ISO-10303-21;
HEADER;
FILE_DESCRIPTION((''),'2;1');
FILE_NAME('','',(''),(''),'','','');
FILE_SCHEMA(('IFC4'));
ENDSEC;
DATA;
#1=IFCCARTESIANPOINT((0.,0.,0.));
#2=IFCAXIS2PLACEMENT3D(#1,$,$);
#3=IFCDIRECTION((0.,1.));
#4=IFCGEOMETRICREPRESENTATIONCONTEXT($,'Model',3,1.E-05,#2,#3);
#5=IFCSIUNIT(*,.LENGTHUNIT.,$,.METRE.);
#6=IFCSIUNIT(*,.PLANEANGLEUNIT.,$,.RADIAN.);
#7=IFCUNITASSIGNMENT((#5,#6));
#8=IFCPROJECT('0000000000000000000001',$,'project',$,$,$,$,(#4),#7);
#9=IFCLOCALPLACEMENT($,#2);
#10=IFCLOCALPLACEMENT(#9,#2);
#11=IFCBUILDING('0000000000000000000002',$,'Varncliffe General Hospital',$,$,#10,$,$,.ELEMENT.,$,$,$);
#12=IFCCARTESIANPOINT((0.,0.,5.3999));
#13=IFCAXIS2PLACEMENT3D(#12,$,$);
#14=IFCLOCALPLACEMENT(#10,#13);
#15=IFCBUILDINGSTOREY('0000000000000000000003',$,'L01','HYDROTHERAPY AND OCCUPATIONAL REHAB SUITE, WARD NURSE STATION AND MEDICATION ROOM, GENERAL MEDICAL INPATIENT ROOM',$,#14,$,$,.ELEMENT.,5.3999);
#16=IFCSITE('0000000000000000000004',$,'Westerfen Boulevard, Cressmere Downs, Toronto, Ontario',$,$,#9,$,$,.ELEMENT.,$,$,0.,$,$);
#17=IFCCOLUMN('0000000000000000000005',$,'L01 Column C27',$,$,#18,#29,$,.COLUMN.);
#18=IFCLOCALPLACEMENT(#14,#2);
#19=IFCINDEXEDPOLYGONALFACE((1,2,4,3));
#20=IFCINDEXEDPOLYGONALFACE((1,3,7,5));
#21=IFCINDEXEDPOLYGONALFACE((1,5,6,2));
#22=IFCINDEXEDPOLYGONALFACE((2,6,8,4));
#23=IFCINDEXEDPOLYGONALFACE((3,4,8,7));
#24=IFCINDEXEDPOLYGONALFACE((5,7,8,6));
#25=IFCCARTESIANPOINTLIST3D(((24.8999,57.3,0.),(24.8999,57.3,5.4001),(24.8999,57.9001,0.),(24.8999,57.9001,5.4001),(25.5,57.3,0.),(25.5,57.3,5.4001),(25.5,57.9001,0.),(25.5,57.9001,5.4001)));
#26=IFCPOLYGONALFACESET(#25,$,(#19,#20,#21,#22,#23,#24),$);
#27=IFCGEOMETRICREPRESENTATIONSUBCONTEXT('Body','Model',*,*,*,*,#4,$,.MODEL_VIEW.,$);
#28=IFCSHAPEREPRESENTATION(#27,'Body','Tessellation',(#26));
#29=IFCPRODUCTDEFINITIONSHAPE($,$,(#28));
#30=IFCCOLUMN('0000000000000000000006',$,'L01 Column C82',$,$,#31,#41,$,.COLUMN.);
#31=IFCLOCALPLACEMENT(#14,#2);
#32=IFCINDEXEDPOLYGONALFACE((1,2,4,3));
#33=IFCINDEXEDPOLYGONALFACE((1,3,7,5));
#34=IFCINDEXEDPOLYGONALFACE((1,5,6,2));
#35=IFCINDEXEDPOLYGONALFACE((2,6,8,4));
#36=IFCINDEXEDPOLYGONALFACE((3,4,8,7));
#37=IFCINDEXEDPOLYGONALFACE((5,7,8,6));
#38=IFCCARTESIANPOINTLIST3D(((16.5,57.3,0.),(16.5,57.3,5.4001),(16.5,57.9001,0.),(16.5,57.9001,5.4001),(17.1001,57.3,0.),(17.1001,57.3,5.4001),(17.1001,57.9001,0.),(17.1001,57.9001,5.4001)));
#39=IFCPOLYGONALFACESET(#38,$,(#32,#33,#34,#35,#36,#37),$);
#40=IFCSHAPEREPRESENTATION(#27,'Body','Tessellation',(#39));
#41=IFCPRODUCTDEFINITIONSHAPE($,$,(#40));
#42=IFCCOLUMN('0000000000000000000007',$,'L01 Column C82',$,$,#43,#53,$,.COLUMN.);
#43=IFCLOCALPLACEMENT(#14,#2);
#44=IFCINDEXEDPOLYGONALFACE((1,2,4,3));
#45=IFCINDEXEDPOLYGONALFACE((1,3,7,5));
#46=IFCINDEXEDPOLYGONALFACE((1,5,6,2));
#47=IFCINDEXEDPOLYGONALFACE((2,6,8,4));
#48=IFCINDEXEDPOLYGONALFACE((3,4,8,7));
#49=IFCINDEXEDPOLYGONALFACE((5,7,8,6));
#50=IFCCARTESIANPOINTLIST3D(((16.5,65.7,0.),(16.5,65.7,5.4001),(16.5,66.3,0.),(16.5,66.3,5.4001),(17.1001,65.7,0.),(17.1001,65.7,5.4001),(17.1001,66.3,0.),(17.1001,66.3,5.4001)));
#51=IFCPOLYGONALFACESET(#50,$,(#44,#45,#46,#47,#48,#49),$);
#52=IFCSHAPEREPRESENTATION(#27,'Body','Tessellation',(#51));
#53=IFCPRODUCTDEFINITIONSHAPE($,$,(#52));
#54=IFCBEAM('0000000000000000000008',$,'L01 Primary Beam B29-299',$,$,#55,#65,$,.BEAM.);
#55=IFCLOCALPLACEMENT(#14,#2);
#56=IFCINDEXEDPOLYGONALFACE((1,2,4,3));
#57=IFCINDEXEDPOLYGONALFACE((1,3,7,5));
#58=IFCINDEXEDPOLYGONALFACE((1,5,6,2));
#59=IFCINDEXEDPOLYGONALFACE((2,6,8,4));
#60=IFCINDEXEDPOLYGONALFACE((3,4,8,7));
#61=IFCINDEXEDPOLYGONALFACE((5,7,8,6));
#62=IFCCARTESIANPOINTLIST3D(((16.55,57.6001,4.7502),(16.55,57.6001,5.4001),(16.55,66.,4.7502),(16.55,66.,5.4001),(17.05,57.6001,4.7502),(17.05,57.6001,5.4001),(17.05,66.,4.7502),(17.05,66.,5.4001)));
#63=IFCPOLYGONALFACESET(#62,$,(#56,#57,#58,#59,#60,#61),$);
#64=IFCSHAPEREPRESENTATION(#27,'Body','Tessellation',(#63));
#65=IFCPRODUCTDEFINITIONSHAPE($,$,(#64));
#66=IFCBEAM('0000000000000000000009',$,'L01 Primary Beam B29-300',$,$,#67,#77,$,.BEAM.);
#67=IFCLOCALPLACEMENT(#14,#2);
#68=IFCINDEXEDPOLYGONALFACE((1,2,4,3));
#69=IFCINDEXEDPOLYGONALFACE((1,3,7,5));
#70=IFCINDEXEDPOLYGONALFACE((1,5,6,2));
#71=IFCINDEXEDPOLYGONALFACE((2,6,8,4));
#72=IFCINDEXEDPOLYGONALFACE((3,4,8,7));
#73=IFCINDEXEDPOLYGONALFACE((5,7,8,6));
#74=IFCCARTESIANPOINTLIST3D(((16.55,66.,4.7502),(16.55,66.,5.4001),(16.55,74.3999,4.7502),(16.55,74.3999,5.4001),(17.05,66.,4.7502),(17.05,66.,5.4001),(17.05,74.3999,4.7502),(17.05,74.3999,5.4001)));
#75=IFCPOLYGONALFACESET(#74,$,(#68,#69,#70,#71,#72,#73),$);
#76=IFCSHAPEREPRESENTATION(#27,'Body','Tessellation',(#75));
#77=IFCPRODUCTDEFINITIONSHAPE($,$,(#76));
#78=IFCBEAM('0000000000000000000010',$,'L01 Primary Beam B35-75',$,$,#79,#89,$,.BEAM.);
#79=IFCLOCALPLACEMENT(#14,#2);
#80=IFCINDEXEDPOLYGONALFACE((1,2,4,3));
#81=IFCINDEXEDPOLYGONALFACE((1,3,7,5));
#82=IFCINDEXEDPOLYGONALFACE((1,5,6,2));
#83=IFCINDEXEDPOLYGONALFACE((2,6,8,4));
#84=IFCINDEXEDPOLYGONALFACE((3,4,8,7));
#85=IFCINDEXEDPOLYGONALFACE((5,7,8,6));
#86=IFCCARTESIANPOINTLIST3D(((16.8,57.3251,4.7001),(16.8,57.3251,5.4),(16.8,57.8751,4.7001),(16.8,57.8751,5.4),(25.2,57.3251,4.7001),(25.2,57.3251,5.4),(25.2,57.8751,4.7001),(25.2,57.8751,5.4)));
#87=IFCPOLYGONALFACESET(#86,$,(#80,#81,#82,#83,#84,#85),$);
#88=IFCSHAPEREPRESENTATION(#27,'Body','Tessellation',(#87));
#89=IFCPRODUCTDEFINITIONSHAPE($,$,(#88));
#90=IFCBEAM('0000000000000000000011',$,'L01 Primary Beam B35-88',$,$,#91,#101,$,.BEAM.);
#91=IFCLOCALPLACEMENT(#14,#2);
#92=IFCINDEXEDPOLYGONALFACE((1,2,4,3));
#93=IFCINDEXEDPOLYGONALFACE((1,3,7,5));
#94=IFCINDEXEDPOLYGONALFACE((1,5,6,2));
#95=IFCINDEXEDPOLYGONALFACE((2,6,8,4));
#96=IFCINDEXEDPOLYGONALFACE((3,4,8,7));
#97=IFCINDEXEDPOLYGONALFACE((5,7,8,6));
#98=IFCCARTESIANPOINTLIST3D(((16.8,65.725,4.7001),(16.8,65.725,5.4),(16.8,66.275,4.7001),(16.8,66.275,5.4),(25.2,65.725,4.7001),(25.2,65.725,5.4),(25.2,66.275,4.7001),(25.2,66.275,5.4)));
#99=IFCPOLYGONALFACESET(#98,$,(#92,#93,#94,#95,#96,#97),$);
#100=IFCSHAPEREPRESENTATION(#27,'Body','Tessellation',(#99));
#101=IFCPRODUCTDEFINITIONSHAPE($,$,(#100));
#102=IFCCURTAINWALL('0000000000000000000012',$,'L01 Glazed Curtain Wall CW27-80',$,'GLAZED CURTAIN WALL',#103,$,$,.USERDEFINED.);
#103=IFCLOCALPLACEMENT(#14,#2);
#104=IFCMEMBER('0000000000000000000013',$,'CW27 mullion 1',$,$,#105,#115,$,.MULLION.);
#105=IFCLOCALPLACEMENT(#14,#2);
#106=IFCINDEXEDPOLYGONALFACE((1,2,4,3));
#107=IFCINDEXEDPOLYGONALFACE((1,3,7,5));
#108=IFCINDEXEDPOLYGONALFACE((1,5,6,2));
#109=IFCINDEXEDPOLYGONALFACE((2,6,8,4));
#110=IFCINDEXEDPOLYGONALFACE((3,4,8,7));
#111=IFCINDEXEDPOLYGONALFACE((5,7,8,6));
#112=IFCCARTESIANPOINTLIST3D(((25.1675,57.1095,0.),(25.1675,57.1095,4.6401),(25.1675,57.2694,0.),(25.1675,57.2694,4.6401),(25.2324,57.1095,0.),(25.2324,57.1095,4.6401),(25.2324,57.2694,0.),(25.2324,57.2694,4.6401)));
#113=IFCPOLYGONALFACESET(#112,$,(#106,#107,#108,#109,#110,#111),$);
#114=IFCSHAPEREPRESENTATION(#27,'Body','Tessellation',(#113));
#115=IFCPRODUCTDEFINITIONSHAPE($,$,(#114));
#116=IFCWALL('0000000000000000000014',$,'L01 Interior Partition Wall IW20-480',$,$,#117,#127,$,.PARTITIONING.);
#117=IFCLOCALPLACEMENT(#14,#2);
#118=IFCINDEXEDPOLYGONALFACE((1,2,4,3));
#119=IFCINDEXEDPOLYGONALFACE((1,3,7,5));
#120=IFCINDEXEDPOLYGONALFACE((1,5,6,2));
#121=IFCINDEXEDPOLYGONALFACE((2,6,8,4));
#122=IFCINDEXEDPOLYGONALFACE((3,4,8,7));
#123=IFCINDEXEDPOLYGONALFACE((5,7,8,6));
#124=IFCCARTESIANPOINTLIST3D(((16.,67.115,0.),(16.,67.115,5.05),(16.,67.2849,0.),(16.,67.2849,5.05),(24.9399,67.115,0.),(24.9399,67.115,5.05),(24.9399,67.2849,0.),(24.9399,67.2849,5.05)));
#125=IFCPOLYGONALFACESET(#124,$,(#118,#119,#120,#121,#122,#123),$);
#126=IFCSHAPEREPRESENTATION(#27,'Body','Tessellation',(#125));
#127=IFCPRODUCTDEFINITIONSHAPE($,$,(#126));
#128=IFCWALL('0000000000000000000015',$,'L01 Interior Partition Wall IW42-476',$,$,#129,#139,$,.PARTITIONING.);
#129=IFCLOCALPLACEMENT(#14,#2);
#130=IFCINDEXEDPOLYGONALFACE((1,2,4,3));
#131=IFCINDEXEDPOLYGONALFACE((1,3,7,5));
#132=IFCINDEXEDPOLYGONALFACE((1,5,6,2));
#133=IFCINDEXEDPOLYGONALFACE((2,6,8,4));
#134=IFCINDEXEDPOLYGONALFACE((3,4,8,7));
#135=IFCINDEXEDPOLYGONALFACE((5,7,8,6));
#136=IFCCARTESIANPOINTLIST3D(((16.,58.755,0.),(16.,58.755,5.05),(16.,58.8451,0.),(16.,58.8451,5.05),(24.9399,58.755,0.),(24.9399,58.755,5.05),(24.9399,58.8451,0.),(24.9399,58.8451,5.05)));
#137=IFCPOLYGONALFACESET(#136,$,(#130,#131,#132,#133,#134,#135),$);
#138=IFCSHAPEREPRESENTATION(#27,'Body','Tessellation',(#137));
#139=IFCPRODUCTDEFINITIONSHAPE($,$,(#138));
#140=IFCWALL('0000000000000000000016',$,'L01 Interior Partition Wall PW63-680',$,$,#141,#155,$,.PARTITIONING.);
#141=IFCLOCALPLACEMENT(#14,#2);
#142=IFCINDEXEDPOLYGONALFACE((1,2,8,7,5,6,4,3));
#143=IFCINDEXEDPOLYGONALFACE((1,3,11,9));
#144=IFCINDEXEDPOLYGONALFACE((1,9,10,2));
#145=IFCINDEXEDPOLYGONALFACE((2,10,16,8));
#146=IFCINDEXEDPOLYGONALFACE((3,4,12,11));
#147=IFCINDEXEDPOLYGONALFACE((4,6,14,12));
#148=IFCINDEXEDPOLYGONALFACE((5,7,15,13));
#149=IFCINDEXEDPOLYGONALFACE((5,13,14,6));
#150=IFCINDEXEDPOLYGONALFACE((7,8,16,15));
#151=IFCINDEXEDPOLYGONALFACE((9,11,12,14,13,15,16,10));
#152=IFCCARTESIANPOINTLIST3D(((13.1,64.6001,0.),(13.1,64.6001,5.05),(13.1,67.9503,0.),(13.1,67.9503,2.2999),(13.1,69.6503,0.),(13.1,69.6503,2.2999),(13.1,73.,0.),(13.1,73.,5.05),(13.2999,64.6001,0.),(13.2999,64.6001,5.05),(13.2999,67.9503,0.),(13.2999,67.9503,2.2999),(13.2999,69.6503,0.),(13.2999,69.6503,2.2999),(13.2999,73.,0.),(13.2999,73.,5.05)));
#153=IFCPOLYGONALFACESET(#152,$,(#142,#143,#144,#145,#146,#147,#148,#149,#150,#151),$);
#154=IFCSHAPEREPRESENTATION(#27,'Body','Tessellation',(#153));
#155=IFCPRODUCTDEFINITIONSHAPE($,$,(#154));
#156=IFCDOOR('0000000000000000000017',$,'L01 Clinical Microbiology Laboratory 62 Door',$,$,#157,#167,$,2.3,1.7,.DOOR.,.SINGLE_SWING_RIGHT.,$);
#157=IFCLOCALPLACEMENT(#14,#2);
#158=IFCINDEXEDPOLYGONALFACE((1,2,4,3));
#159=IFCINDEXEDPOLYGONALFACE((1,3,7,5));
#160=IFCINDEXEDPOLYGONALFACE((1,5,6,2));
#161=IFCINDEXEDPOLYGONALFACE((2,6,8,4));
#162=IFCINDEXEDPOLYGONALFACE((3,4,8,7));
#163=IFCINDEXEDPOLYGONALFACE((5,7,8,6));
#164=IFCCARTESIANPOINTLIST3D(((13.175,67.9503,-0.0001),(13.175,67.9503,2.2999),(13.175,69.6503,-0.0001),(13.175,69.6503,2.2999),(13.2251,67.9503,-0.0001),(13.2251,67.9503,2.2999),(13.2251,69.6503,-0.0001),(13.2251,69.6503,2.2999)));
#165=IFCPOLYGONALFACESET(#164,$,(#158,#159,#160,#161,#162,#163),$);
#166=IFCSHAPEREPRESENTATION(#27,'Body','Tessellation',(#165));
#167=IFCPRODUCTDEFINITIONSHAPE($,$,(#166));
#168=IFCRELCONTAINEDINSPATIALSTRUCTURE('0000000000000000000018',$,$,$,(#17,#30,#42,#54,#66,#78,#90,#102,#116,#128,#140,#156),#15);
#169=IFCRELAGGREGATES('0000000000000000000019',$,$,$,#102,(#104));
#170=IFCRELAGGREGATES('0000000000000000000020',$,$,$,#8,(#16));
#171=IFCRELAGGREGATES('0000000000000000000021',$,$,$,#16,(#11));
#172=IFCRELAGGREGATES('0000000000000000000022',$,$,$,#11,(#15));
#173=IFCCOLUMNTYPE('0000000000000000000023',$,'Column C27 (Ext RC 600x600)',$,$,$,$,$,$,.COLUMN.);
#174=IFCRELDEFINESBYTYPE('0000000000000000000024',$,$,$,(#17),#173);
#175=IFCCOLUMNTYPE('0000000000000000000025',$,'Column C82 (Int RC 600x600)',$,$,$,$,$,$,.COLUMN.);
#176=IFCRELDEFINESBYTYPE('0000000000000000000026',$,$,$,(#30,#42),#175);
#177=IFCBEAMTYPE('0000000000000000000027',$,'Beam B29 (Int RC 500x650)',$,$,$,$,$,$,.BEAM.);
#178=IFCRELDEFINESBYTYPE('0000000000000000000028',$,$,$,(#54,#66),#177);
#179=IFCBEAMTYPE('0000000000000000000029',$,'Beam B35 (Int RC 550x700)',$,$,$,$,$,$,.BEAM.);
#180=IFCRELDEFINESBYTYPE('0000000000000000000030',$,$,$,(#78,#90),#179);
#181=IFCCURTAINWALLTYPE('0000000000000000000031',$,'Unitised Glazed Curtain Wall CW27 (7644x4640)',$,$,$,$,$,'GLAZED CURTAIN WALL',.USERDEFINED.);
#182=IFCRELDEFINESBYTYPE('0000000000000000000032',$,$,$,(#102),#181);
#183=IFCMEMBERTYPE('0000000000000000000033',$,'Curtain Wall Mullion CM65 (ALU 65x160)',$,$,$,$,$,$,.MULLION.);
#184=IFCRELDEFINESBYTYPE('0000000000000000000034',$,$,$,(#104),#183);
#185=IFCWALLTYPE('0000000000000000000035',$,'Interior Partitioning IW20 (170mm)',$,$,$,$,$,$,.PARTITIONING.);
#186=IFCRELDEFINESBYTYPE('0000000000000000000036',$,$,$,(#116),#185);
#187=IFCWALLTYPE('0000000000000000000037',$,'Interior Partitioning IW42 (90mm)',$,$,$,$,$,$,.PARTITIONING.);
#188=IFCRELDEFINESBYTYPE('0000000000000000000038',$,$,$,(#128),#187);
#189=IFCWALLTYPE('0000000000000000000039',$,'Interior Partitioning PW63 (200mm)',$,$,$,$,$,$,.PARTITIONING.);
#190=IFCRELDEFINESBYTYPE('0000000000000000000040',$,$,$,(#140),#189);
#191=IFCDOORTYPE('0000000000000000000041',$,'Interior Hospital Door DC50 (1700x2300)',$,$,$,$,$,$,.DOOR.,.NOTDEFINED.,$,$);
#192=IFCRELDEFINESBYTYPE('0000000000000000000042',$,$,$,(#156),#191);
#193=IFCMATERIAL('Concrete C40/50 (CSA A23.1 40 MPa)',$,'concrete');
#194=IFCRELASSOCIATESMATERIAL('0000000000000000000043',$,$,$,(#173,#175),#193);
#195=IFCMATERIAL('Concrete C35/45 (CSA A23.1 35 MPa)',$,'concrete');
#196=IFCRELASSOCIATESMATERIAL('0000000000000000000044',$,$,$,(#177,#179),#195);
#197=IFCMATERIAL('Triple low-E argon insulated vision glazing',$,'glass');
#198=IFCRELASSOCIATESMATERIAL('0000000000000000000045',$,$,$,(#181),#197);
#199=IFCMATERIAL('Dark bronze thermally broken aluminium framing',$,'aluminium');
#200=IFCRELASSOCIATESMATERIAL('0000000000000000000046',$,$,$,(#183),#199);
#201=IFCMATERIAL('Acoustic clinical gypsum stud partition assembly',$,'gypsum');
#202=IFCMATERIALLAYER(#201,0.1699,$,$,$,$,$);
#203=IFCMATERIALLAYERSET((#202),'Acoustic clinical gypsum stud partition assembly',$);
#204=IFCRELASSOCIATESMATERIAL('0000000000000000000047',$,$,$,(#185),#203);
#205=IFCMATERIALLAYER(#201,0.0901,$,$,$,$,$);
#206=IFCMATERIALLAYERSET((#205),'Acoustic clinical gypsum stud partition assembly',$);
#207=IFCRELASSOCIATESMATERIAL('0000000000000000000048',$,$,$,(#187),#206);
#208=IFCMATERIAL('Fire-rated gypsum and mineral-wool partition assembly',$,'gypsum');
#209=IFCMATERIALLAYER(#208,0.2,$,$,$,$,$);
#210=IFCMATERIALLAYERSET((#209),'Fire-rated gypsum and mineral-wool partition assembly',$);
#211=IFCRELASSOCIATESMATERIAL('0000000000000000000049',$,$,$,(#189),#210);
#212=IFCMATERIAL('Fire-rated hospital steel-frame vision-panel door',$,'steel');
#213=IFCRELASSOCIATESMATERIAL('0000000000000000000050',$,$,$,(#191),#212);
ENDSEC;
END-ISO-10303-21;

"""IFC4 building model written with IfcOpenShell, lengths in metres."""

from ifc_helpers import new_model, si_unit, direction, frame, frame_2d, origin, origin_2d, place, context, subcontext, project, spatial, rectangle, extrude, material, layer, layer_set, material_profile, profile_set, type_object, element, fill, aggregate, save


model = new_model("IFC4")

# Units and contexts
model_context = context("Model", 3, precision=1e-05, world=origin(), true_north=direction((0.0, 1.0)))
body_context = subcontext(model_context, "Body", "Model", "MODEL_VIEW")
ifc_project = project(units=[si_unit("LENGTHUNIT", "METRE"), si_unit("PLANEANGLEUNIT", "RADIAN")], contexts=[model_context])

# Site, building, storey
site_placement = place(None, origin())
site = spatial("IfcSite", under=ifc_project, at=site_placement, Name="Westerfen Boulevard, Cressmere Downs, Toronto, Ontario", CompositionType="ELEMENT", RefElevation=0.0)
building_placement = place(site_placement, origin())
building = spatial("IfcBuilding", under=site, at=building_placement, Name="Varncliffe General Hospital", CompositionType="ELEMENT")
storey_placement = place(building_placement, frame((0.0, 0.0, 5.3999)))
storey = spatial("IfcBuildingStorey", under=building, at=storey_placement, Name="L01", Description="HYDROTHERAPY AND OCCUPATIONAL REHAB SUITE, WARD NURSE STATION AND MEDICATION ROOM, GENERAL MEDICAL INPATIENT ROOM", CompositionType="ELEMENT", Elevation=5.3999)

# Columns
ifc_material_1 = material(Name="Concrete C40/50 (CSA A23.1 40 MPa)", Category="concrete")
ifc_material_profile_1 = material_profile(ifc_material_1, rectangle(XDim=0.6001, YDim=0.6001, at=origin_2d()), Name="RC 600x600")
ifc_profile_set_1 = profile_set([ifc_material_profile_1], Name="Concrete C40/50 (CSA A23.1 40 MPa)")
column_type_1 = type_object("IfcColumnType", Name="Column C27 (Ext RC 600x600)", PredefinedType="COLUMN", material=ifc_profile_set_1)
column_placement = place(storey_placement, frame((25.2, 57.6001, 0.0), z_axis=(0.0, 0.0, 1.0), x_axis=(1.0, 0.0, 0.0)))
element("IfcColumn", 1, at=column_placement, inside=storey, type_object=column_type_1, Name="L01 Column C27", PredefinedType="COLUMN", context=body_context, shape_type="SweptSolid", body=[
    extrude(rectangle(XDim=0.6001, YDim=0.6001, at=origin_2d()), origin(), (0.0, 0.0, 1.0), 5.4001),
])
ifc_material_profile_2 = material_profile(ifc_material_1, rectangle(XDim=0.6001, YDim=0.6001, at=origin_2d()), Name="RC 600x600")
ifc_profile_set_2 = profile_set([ifc_material_profile_2], Name="Concrete C40/50 (CSA A23.1 40 MPa)")
column_type_2 = type_object("IfcColumnType", Name="Column C82 (Int RC 600x600)", PredefinedType="COLUMN", material=ifc_profile_set_2)
for number, where, z_axis, x_axis, name in (
    (2, (16.8, 57.6001, 0.0), (0.0, 0.0, 1.0), (1.0, 0.0, 0.0), "L01 Column C82"),
    (3, (16.8, 66.0, 0.0), (0.0, 0.0, 1.0), (1.0, 0.0, 0.0), "L01 Column C82"),
):
    element("IfcColumn", number, at=place(storey_placement, frame(where, z_axis=z_axis, x_axis=x_axis)), inside=storey, type_object=column_type_2, Name=name, PredefinedType="COLUMN", context=body_context, shape_type="SweptSolid", body=[
        extrude(rectangle(XDim=0.6001, YDim=0.6001, at=origin_2d()), origin(), (0.0, 0.0, 1.0), 5.4001),
    ])

# Beams
ifc_material_2 = material(Name="Concrete C35/45 (CSA A23.1 35 MPa)", Category="concrete")
ifc_material_profile_3 = material_profile(ifc_material_2, rectangle(XDim=0.5, YDim=0.6499, at=origin_2d()), Name="RC 500x650")
ifc_profile_set_3 = profile_set([ifc_material_profile_3], Name="Concrete C35/45 (CSA A23.1 35 MPa)")
beam_type_1 = type_object("IfcBeamType", Name="Beam B29 (Int RC 500x650)", PredefinedType="BEAM", material=ifc_profile_set_3)
for number, where, z_axis, x_axis, name in (
    (4, (16.8, 57.6001, 5.0752), (0.0, 1.0, 0.0), (-1.0, 0.0, 0.0), "L01 Primary Beam B29-299"),
    (5, (16.8, 66.0, 5.0752), (0.0, 1.0, 0.0), (-1.0, 0.0, 0.0), "L01 Primary Beam B29-300"),
):
    element("IfcBeam", number, at=place(storey_placement, frame(where, z_axis=z_axis, x_axis=x_axis)), inside=storey, type_object=beam_type_1, Name=name, PredefinedType="BEAM", context=body_context, shape_type="SweptSolid", body=[
        extrude(rectangle(XDim=0.5, YDim=0.6499, at=origin_2d()), origin(), (0.0, 0.0, 1.0), 8.3999),
    ])
ifc_material_profile_4 = material_profile(ifc_material_2, rectangle(XDim=0.55, YDim=0.7, at=origin_2d()), Name="RC 550x700")
ifc_profile_set_4 = profile_set([ifc_material_profile_4], Name="Concrete C35/45 (CSA A23.1 35 MPa)")
beam_type_2 = type_object("IfcBeamType", Name="Beam B35 (Int RC 550x700)", PredefinedType="BEAM", material=ifc_profile_set_4)
for number, where, z_axis, x_axis, name in (
    (6, (16.8, 57.6001, 5.05), (1.0, 0.0, 0.0), (0.0, 1.0, 0.0), "L01 Primary Beam B35-75"),
    (7, (16.8, 66.0, 5.05), (1.0, 0.0, 0.0), (0.0, 1.0, 0.0), "L01 Primary Beam B35-88"),
):
    element("IfcBeam", number, at=place(storey_placement, frame(where, z_axis=z_axis, x_axis=x_axis)), inside=storey, type_object=beam_type_2, Name=name, PredefinedType="BEAM", context=body_context, shape_type="SweptSolid", body=[
        extrude(rectangle(XDim=0.55, YDim=0.7, at=origin_2d()), origin(), (0.0, 0.0, 1.0), 8.3999),
    ])

# Curtain wall, member
ifc_material_3 = material(Name="Triple low-E argon insulated vision glazing", Category="glass")
curtain_wall_type = type_object("IfcCurtainWallType", Name="Unitised Glazed Curtain Wall CW27 (7644x4640)", ElementType="GLAZED CURTAIN WALL", PredefinedType="USERDEFINED", material=ifc_material_3)
curtain_wall_placement = place(storey_placement, origin())
curtain_wall = element("IfcCurtainWall", 8, at=curtain_wall_placement, inside=storey, type_object=curtain_wall_type, Name="L01 Glazed Curtain Wall CW27-80", ObjectType="GLAZED CURTAIN WALL", PredefinedType="USERDEFINED")
ifc_material_4 = material(Name="Dark bronze thermally broken aluminium framing", Category="aluminium")
ifc_material_profile_5 = material_profile(ifc_material_4, rectangle(XDim=0.0649, YDim=0.1599, at=origin_2d()), Name="ALU 65x160")
ifc_profile_set_5 = profile_set([ifc_material_profile_5], Name="Dark bronze thermally broken aluminium framing")
member_type = type_object("IfcMemberType", Name="Curtain Wall Mullion CM65 (ALU 65x160)", PredefinedType="MULLION", material=ifc_profile_set_5)
member_placement = place(storey_placement, frame((25.2, 57.1895, 0.0), z_axis=(0.0, 0.0, 1.0), x_axis=(1.0, 0.0, 0.0)))
member = element("IfcMember", 9, at=member_placement, type_object=member_type, Name="CW27 mullion 1", PredefinedType="MULLION", context=body_context, shape_type="SweptSolid", body=[
    extrude(rectangle(XDim=0.0649, YDim=0.1599, at=origin_2d()), origin(), (0.0, 0.0, 1.0), 4.6401),
])
aggregate(curtain_wall, [member])

# Walls
ifc_material_5 = material(Name="Acoustic clinical gypsum stud partition assembly", Category="gypsum")
ifc_layer_1 = layer(ifc_material_5, 0.1699)
ifc_layer_set_1 = layer_set([ifc_layer_1], Name="Acoustic clinical gypsum stud partition assembly")
wall_type_1 = type_object("IfcWallType", Name="Interior Partitioning IW20 (170mm)", PredefinedType="PARTITIONING", material=ifc_layer_set_1)
wall_1_placement = place(storey_placement, frame((16.0, 67.2, 0.0), z_axis=(0.0, 0.0, 1.0), x_axis=(1.0, 0.0, 0.0)))
element("IfcWall", 10, at=wall_1_placement, inside=storey, type_object=wall_type_1, Name="L01 Interior Partition Wall IW20-480", PredefinedType="PARTITIONING", context=body_context, shape_type="SweptSolid", body=[
    extrude(rectangle(XDim=8.9399, YDim=0.1699, at=frame_2d((4.47, 0.0))), origin(), (0.0, 0.0, 1.0), 5.05),
])
ifc_layer_2 = layer(ifc_material_5, 0.0901)
ifc_layer_set_2 = layer_set([ifc_layer_2], Name="Acoustic clinical gypsum stud partition assembly")
wall_type_2 = type_object("IfcWallType", Name="Interior Partitioning IW42 (90mm)", PredefinedType="PARTITIONING", material=ifc_layer_set_2)
wall_2_placement = place(storey_placement, frame((16.0, 58.8, 0.0), z_axis=(0.0, 0.0, 1.0), x_axis=(1.0, 0.0, 0.0)))
element("IfcWall", 11, at=wall_2_placement, inside=storey, type_object=wall_type_2, Name="L01 Interior Partition Wall IW42-476", PredefinedType="PARTITIONING", context=body_context, shape_type="SweptSolid", body=[
    extrude(rectangle(XDim=8.9399, YDim=0.0901, at=frame_2d((4.47, 0.0))), origin(), (0.0, 0.0, 1.0), 5.05),
])

# Wall, opening, door
ifc_material_6 = material(Name="Fire-rated gypsum and mineral-wool partition assembly", Category="gypsum")
ifc_layer_3 = layer(ifc_material_6, 0.2)
ifc_layer_set_3 = layer_set([ifc_layer_3], Name="Fire-rated gypsum and mineral-wool partition assembly")
wall_type_3 = type_object("IfcWallType", Name="Interior Partitioning PW63 (200mm)", PredefinedType="PARTITIONING", material=ifc_layer_set_3)
wall_3_placement = place(storey_placement, frame((13.2, 64.6001, 0.0), z_axis=(0.0, 0.0, 1.0), x_axis=(0.0, 1.0, 0.0)))
wall_3 = element("IfcWall", 12, at=wall_3_placement, inside=storey, type_object=wall_type_3, Name="L01 Interior Partition Wall PW63-680", PredefinedType="PARTITIONING", context=body_context, shape_type="SweptSolid", body=[
    extrude(rectangle(XDim=8.3999, YDim=0.2, at=frame_2d((4.2, 0.0))), origin(), (0.0, 0.0, 1.0), 5.05),
])
opening_1_placement = place(wall_3_placement, frame((3.3501, 0.0, 0.0)))
opening_1 = element("IfcOpeningElement", 13, at=opening_1_placement, cuts=wall_3, PredefinedType="OPENING", context=body_context, shape_type="SweptSolid", body=[
    extrude(rectangle(XDim=1.7, YDim=2.3, at=frame_2d((0.8501, 1.1499))), frame((0.0, 0.1099, 0.0), z_axis=(0.0, -1.0, 0.0), x_axis=(1.0, 0.0, 0.0)), (0.0, 0.0, 1.0), 0.22),
])
ifc_material_7 = material(Name="Fire-rated hospital steel-frame vision-panel door", Category="steel")
door_type_1 = type_object("IfcDoorType", Name="Interior Hospital Door DC50 (1700x2300)", OperationType="NOTDEFINED", PredefinedType="DOOR", material=ifc_material_7)
door_1_placement = place(opening_1_placement, origin())
door_1 = element("IfcDoor", 14, at=door_1_placement, inside=storey, type_object=door_type_1, Name="L01 Clinical Microbiology Laboratory 62 Door", OperationType="SINGLE_SWING_RIGHT", OverallHeight=2.3, OverallWidth=1.7, PredefinedType="DOOR", context=body_context, shape_type="SweptSolid", body=[
    extrude(rectangle(XDim=1.7, YDim=2.3, at=frame_2d((0.8501, 1.1499))), frame((0.0, 0.0249, 0.0), z_axis=(0.0, -1.0, 0.0), x_axis=(1.0, 0.0, 0.0)), (0.0, 0.0, 1.0), 0.05),
])
fill(opening_1, door_1)

save(model, "model.ifc")
